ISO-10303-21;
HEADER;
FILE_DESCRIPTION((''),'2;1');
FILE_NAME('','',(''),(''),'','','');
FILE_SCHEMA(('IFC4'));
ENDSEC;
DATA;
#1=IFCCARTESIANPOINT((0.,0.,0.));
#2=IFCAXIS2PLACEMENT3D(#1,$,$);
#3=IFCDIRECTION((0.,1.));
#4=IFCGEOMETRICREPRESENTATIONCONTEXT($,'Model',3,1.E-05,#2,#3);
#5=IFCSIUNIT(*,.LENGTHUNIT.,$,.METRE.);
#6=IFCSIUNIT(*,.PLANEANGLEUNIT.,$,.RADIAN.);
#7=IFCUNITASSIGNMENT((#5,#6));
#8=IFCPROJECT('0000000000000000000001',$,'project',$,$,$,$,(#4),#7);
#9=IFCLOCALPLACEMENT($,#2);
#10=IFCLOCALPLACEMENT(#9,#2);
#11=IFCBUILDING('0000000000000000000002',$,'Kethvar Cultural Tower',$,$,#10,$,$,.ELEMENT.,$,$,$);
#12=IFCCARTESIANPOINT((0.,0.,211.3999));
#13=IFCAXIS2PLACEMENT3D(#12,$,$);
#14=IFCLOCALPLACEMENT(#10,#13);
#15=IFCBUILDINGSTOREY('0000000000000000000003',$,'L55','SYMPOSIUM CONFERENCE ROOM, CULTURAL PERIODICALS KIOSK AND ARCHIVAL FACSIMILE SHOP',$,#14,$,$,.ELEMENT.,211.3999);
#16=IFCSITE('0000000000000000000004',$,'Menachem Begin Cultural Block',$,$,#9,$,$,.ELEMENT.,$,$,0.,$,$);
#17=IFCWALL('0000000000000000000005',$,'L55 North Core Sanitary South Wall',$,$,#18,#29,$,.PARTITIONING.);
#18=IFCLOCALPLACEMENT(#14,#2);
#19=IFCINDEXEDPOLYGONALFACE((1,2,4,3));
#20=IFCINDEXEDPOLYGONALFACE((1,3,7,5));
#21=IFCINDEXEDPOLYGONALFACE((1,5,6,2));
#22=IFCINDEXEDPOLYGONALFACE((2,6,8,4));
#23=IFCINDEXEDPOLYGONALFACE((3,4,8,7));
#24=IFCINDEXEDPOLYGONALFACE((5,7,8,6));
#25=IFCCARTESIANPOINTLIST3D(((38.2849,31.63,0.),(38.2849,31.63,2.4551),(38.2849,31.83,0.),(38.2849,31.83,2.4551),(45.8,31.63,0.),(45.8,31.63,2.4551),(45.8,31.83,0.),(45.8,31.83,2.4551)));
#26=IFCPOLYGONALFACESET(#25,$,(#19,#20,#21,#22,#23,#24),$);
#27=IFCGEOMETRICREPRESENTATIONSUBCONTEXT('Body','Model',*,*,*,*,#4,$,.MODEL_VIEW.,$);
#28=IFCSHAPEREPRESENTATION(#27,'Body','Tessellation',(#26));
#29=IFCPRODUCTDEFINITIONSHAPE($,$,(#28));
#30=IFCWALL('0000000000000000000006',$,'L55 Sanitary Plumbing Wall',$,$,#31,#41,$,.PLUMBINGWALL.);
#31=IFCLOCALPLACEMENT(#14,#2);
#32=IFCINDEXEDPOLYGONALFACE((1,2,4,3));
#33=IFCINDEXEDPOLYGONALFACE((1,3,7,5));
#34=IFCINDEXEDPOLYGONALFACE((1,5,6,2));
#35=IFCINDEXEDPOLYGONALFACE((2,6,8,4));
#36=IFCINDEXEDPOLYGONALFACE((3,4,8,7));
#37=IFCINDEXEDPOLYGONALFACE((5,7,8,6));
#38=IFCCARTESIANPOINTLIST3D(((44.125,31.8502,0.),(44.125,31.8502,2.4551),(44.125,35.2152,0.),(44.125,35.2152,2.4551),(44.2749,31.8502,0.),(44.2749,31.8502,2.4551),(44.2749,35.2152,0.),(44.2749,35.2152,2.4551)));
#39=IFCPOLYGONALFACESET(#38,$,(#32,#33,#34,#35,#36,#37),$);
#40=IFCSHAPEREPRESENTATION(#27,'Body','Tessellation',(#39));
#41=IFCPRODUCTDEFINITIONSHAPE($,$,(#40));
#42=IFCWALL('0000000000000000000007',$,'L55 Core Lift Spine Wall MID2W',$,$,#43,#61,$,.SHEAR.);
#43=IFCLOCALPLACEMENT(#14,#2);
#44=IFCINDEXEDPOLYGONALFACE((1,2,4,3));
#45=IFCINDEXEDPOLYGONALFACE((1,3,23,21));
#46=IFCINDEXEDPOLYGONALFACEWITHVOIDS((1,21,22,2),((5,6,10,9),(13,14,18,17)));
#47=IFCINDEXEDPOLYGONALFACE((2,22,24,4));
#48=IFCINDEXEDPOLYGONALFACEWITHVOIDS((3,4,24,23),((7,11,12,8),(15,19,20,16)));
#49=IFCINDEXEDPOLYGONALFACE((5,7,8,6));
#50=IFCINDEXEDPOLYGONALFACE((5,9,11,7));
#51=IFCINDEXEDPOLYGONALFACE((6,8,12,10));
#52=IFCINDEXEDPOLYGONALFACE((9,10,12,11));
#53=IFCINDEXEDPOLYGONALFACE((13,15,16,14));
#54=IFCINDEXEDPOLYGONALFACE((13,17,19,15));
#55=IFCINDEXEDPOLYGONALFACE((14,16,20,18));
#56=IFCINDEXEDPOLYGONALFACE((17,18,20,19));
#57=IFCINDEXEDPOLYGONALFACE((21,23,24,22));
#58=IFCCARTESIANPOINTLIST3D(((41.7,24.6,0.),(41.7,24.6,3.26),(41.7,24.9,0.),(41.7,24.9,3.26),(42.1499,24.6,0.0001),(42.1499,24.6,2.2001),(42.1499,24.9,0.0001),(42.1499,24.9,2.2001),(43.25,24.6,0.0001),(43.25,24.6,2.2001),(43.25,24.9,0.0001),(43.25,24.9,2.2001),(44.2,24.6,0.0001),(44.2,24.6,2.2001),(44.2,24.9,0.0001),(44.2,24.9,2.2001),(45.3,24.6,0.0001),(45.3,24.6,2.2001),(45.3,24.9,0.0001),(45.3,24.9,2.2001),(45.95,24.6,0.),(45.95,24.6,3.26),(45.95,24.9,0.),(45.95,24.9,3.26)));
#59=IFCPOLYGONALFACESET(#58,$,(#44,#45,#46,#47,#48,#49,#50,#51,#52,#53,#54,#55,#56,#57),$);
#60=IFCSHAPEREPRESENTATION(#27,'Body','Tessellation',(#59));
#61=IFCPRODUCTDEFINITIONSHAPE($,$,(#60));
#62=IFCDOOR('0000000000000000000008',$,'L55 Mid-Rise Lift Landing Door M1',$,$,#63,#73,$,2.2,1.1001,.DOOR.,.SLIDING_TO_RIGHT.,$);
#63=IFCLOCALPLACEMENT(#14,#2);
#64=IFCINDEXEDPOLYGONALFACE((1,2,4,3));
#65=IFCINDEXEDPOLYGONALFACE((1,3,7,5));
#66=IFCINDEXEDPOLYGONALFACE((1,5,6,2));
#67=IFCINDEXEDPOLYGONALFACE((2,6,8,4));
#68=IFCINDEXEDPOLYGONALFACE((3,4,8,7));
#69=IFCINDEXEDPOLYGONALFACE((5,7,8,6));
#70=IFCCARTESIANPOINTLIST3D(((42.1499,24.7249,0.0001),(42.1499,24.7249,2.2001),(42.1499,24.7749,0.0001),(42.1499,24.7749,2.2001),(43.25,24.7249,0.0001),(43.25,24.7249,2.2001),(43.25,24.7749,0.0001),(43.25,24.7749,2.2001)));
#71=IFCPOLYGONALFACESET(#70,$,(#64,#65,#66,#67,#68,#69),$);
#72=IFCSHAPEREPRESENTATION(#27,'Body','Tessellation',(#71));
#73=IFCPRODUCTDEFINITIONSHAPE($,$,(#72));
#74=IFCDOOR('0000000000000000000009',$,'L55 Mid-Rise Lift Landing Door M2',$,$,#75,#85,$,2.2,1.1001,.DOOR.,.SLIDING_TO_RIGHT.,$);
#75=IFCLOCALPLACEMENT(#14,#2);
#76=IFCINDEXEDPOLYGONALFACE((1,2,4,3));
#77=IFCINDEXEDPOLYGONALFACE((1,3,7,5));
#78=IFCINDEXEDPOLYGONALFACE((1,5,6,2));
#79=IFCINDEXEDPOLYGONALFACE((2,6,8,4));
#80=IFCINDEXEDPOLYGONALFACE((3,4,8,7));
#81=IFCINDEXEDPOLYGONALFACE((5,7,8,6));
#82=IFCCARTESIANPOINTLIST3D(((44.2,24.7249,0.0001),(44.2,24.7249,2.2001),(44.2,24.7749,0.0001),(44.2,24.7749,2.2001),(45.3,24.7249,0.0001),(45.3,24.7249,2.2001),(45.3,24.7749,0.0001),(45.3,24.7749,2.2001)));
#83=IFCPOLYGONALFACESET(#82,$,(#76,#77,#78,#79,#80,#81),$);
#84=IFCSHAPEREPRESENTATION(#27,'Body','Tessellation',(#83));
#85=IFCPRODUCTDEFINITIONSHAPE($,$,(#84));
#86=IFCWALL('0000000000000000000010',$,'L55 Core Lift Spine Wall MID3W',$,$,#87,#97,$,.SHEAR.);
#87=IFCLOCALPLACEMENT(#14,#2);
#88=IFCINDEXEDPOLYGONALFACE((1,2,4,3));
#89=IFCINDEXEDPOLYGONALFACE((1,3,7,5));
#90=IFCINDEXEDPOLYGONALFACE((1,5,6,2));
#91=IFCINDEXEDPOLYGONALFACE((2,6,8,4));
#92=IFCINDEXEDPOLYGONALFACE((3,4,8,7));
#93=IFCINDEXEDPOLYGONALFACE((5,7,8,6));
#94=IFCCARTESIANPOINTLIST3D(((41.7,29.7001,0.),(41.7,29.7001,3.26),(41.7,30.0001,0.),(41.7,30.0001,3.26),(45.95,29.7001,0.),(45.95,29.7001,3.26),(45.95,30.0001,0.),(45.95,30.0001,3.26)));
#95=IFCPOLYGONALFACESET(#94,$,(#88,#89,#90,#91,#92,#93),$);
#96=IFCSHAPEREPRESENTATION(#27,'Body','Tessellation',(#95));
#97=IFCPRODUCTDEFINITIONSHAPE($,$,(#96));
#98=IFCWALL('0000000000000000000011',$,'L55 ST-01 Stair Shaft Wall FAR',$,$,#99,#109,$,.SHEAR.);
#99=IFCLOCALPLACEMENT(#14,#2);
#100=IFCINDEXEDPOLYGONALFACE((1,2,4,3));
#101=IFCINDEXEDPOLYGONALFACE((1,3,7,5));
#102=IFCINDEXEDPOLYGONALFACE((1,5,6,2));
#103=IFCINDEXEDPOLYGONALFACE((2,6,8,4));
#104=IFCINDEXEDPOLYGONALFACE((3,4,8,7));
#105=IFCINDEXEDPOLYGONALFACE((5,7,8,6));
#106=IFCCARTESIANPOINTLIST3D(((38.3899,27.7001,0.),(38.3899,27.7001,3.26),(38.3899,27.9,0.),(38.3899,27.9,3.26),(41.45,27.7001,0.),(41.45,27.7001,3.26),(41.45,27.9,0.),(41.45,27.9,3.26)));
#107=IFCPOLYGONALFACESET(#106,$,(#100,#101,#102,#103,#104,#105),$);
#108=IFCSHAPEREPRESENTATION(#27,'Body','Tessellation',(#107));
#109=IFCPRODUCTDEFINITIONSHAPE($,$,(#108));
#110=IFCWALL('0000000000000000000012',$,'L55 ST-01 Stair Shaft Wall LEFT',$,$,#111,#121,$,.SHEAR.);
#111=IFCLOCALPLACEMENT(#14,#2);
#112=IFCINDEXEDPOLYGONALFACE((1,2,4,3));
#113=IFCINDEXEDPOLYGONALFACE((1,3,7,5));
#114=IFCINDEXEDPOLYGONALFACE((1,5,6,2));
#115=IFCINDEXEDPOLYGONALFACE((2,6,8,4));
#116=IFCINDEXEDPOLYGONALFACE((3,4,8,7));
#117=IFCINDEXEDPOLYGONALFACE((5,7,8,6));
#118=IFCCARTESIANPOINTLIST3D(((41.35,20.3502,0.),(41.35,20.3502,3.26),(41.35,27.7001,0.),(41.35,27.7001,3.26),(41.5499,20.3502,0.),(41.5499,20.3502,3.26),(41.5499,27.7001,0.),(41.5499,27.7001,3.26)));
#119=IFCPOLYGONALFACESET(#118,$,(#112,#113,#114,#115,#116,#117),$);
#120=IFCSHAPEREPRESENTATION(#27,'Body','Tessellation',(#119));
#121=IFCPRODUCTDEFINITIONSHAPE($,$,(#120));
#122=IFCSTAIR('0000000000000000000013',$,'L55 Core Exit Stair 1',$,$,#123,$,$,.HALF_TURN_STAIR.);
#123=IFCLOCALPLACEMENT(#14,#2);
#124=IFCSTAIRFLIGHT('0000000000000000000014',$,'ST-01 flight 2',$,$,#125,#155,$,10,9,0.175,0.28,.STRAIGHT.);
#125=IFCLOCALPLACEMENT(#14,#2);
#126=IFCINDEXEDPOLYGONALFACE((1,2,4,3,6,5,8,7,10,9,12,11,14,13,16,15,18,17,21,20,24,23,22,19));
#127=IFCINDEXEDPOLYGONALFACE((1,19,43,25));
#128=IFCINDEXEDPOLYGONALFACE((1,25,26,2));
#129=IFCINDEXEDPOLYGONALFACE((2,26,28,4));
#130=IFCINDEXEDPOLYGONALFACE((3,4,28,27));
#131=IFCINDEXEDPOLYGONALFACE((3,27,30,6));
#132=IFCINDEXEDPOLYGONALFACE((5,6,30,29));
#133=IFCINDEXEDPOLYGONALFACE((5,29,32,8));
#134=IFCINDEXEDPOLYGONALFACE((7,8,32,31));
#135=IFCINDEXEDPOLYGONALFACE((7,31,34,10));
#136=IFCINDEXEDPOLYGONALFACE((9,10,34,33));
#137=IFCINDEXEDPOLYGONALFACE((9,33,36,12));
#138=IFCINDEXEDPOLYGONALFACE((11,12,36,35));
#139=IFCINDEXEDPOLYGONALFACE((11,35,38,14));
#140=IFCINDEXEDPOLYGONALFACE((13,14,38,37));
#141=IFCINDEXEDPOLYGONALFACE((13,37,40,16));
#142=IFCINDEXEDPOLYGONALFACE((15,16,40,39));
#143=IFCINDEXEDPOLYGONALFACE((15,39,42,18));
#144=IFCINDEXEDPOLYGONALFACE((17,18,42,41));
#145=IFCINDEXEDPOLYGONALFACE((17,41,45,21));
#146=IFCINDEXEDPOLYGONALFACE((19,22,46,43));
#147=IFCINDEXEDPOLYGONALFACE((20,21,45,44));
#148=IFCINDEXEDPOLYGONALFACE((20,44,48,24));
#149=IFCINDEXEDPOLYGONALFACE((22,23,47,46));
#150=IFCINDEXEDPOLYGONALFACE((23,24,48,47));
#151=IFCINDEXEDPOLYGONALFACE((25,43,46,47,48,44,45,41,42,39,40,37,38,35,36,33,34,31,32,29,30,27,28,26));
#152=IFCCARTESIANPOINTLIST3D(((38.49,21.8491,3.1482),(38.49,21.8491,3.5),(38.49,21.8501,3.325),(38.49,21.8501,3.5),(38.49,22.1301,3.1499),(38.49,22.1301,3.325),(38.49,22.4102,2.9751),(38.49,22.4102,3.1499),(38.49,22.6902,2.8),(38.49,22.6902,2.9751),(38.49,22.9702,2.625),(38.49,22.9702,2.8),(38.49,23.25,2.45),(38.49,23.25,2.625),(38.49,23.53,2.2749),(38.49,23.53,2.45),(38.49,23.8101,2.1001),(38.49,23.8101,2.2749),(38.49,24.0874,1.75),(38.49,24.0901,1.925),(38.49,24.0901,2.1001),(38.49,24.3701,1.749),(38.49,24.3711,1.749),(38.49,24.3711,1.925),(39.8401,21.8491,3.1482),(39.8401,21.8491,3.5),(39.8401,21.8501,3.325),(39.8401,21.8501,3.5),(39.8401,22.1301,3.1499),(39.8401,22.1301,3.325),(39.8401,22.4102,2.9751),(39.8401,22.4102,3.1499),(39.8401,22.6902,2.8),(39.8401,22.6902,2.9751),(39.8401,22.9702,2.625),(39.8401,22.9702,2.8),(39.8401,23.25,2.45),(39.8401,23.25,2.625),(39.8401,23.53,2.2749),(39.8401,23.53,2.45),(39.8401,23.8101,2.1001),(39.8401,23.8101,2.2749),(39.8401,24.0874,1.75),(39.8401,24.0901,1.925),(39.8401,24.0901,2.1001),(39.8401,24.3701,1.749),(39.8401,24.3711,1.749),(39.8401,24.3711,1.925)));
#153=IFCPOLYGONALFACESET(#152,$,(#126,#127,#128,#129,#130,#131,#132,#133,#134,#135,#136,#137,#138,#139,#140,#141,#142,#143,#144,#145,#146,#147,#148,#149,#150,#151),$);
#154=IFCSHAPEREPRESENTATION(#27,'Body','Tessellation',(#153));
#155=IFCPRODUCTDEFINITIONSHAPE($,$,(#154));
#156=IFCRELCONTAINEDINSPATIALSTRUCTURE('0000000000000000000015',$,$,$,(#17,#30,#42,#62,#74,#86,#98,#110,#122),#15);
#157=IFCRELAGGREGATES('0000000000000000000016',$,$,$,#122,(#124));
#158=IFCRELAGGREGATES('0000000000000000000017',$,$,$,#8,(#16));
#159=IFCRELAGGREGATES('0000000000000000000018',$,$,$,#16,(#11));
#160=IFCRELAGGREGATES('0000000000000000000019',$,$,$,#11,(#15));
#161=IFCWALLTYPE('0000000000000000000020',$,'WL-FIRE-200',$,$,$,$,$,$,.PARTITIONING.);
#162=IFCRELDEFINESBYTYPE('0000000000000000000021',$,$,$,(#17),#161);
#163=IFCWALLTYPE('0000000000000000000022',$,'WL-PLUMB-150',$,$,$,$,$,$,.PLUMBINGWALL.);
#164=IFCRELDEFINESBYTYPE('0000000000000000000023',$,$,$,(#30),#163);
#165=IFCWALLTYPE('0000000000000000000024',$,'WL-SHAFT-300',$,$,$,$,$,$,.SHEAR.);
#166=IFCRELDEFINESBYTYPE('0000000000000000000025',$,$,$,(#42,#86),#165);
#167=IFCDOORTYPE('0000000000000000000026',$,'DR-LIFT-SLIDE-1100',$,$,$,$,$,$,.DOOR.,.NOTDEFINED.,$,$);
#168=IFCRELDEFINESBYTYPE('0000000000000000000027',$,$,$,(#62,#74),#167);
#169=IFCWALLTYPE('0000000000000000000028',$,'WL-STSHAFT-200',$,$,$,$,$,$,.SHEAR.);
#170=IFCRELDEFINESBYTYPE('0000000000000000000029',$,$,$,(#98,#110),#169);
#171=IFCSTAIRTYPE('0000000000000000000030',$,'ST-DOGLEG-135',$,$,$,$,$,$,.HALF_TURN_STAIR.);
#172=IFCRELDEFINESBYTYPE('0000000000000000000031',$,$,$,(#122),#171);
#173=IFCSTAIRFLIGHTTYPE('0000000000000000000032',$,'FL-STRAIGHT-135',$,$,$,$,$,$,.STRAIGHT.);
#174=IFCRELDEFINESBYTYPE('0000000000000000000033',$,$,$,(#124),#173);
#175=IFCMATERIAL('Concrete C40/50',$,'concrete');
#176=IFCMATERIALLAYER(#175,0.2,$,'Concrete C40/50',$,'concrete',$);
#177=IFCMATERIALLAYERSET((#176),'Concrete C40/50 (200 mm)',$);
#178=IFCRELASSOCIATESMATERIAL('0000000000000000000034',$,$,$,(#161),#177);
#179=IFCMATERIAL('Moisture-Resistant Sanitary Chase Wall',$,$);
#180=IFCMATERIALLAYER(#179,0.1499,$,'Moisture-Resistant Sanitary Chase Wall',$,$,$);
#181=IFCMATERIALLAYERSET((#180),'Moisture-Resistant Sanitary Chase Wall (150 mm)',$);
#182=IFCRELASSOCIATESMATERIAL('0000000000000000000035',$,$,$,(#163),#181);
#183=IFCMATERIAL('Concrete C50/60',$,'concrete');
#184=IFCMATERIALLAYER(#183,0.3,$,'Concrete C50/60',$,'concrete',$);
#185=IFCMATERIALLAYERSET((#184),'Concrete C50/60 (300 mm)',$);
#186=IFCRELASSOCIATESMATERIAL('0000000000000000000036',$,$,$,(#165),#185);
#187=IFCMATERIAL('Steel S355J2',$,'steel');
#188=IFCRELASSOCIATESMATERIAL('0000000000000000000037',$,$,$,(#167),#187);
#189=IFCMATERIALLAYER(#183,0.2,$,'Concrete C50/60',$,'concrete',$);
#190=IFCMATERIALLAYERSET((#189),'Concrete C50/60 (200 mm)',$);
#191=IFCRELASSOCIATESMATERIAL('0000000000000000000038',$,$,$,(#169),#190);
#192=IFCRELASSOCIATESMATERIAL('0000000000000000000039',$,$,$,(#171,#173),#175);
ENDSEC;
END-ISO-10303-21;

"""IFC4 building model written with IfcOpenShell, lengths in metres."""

from ifc_helpers import new_model, si_unit, direction, frame, frame_2d, origin, place, context, subcontext, project, spatial, polyline, rectangle, outline, extrude, source, transform, mapped, material, layer, layer_set, type_object, element, fill, aggregate, save


model = new_model("IFC4")

# Units and contexts
model_context = context("Model", 3, precision=1e-05, world=origin(), true_north=direction((0.0, 1.0)))
body_context = subcontext(model_context, "Body", "Model", "MODEL_VIEW")
ifc_project = project(units=[si_unit("LENGTHUNIT", "METRE"), si_unit("PLANEANGLEUNIT", "RADIAN")], contexts=[model_context])

# Site, building, storey
site_placement = place(None, origin())
site = spatial("IfcSite", under=ifc_project, at=site_placement, Name="Menachem Begin Cultural Block", CompositionType="ELEMENT", RefElevation=0.0)
building_placement = place(site_placement, origin())
building = spatial("IfcBuilding", under=site, at=building_placement, Name="Kethvar Cultural Tower", CompositionType="ELEMENT")
storey_placement = place(building_placement, frame((0.0, 0.0, 211.3999)))
storey = spatial("IfcBuildingStorey", under=building, at=storey_placement, Name="L55", Description="SYMPOSIUM CONFERENCE ROOM, CULTURAL PERIODICALS KIOSK AND ARCHIVAL FACSIMILE SHOP", CompositionType="ELEMENT", Elevation=211.3999)

# Shared definitions
ifc_material_1 = material(Name="Steel S355J2", Category="steel")

# Walls
ifc_material_2 = material(Name="Concrete C40/50", Category="concrete")
ifc_layer_1 = layer(ifc_material_2, 0.2, Name="Concrete C40/50", Category="concrete")
ifc_layer_set_1 = layer_set([ifc_layer_1], Name="Concrete C40/50 (200 mm)")
wall_type_1 = type_object("IfcWallType", Name="WL-FIRE-200", PredefinedType="PARTITIONING", material=ifc_layer_set_1)
wall_1_placement = place(storey_placement, frame((38.2849, 31.73, 0.0), z_axis=(0.0, 0.0, 1.0), x_axis=(1.0, 0.0, 0.0)))
element("IfcWall", 1, at=wall_1_placement, inside=storey, type_object=wall_type_1, Name="L55 North Core Sanitary South Wall", PredefinedType="PARTITIONING", context=body_context, shape_type="SweptSolid", body=[
    extrude(rectangle(XDim=7.5151, YDim=0.2, at=frame_2d((3.7576, 0.0))), origin(), (0.0, 0.0, 1.0), 2.4551),
])
ifc_material_3 = material(Name="Moisture-Resistant Sanitary Chase Wall")
ifc_layer_2 = layer(ifc_material_3, 0.1499, Name="Moisture-Resistant Sanitary Chase Wall")
ifc_layer_set_2 = layer_set([ifc_layer_2], Name="Moisture-Resistant Sanitary Chase Wall (150 mm)")
wall_type_2 = type_object("IfcWallType", Name="WL-PLUMB-150", PredefinedType="PLUMBINGWALL", material=ifc_layer_set_2)
wall_2_placement = place(storey_placement, frame((44.2, 31.8501, 0.0), z_axis=(0.0, 0.0, 1.0), x_axis=(0.0, 1.0, 0.0)))
element("IfcWall", 2, at=wall_2_placement, inside=storey, type_object=wall_type_2, Name="L55 Sanitary Plumbing Wall", PredefinedType="PLUMBINGWALL", context=body_context, shape_type="SweptSolid", body=[
    extrude(rectangle(XDim=3.365, YDim=0.1499, at=frame_2d((1.6826, 0.0))), origin(), (0.0, 0.0, 1.0), 2.4551),
])

# Wall, openings, doors
ifc_material_4 = material(Name="Concrete C50/60", Category="concrete")
ifc_layer_3 = layer(ifc_material_4, 0.3, Name="Concrete C50/60", Category="concrete")
ifc_layer_set_3 = layer_set([ifc_layer_3], Name="Concrete C50/60 (300 mm)")
wall_type_3 = type_object("IfcWallType", Name="WL-SHAFT-300", PredefinedType="SHEAR", material=ifc_layer_set_3)
wall_3_placement = place(storey_placement, frame((41.7, 24.75, 0.0), z_axis=(0.0, 0.0, 1.0), x_axis=(1.0, 0.0, 0.0)))
wall_3 = element("IfcWall", 3, at=wall_3_placement, inside=storey, type_object=wall_type_3, Name="L55 Core Lift Spine Wall MID2W", PredefinedType="SHEAR", context=body_context, shape_type="SweptSolid", body=[
    extrude(rectangle(XDim=4.25, YDim=0.3, at=frame_2d((2.125, 0.0))), origin(), (0.0, 0.0, 1.0), 3.26),
])
opening_1_placement = place(wall_3_placement, frame((0.45, 0.0, 0.0)))
opening_1 = element("IfcOpeningElement", 4, at=opening_1_placement, cuts=wall_3, PredefinedType="OPENING", context=body_context, shape_type="SweptSolid", body=[
    extrude(rectangle(XDim=1.1001, YDim=2.2, at=frame_2d((0.55, 1.1001))), frame((0.0, 0.1599, 0.0), z_axis=(0.0, -1.0, 0.0), x_axis=(1.0, 0.0, 0.0)), (0.0, 0.0, 1.0), 0.3201),
])
opening_2_placement = place(wall_3_placement, frame((2.5, 0.0, 0.0)))
opening_2 = element("IfcOpeningElement", 5, at=opening_2_placement, cuts=wall_3, PredefinedType="OPENING", context=body_context, shape_type="SweptSolid", body=[
    extrude(rectangle(XDim=1.1001, YDim=2.2, at=frame_2d((0.55, 1.1001))), frame((0.0, 0.1599, 0.0), z_axis=(0.0, -1.0, 0.0), x_axis=(1.0, 0.0, 0.0)), (0.0, 0.0, 1.0), 0.3201),
])
door_type = type_object("IfcDoorType", Name="DR-LIFT-SLIDE-1100", OperationType="NOTDEFINED", PredefinedType="DOOR", material=ifc_material_1)
shared_shape_1 = source(origin(), body_context, "Body", "SweptSolid", [
    extrude(rectangle(XDim=1.1001, YDim=2.2, at=frame_2d((0.55, 1.1001))), frame((0.0, 0.0249, 0.0), z_axis=(0.0, -1.0, 0.0), x_axis=(1.0, 0.0, 0.0)), (0.0, 0.0, 1.0), 0.05),
])
door_1_placement = place(opening_1_placement, origin())
door_1 = element("IfcDoor", 6, at=door_1_placement, inside=storey, type_object=door_type, Name="L55 Mid-Rise Lift Landing Door M1", OperationType="SLIDING_TO_RIGHT", OverallHeight=2.2, OverallWidth=1.1001, PredefinedType="DOOR", context=body_context, shape_type="MappedRepresentation", body=[
    mapped(shared_shape_1, transform((0.0, 0.0, 0.0), scale=1.0)),
])
fill(opening_1, door_1)
door_2_placement = place(opening_2_placement, origin())
door_2 = element("IfcDoor", 7, at=door_2_placement, inside=storey, type_object=door_type, Name="L55 Mid-Rise Lift Landing Door M2", OperationType="SLIDING_TO_RIGHT", OverallHeight=2.2, OverallWidth=1.1001, PredefinedType="DOOR", context=body_context, shape_type="MappedRepresentation", body=[
    mapped(shared_shape_1, transform((0.0, 0.0, 0.0), scale=1.0)),
])
fill(opening_2, door_2)

# Walls
wall_4_placement = place(storey_placement, frame((41.7, 29.8501, 0.0), z_axis=(0.0, 0.0, 1.0), x_axis=(1.0, 0.0, 0.0)))
element("IfcWall", 8, at=wall_4_placement, inside=storey, type_object=wall_type_3, Name="L55 Core Lift Spine Wall MID3W", PredefinedType="SHEAR", context=body_context, shape_type="SweptSolid", body=[
    extrude(rectangle(XDim=4.25, YDim=0.3, at=frame_2d((2.125, 0.0))), origin(), (0.0, 0.0, 1.0), 3.26),
])
ifc_layer_4 = layer(ifc_material_4, 0.2, Name="Concrete C50/60", Category="concrete")
ifc_layer_set_4 = layer_set([ifc_layer_4], Name="Concrete C50/60 (200 mm)")
wall_type_4 = type_object("IfcWallType", Name="WL-STSHAFT-200", PredefinedType="SHEAR", material=ifc_layer_set_4)
wall_5_placement = place(storey_placement, frame((38.3899, 27.8, 0.0), z_axis=(0.0, 0.0, 1.0), x_axis=(1.0, 0.0, 0.0)))
element("IfcWall", 9, at=wall_5_placement, inside=storey, type_object=wall_type_4, Name="L55 ST-01 Stair Shaft Wall FAR", PredefinedType="SHEAR", context=body_context, shape_type="SweptSolid", body=[
    extrude(rectangle(XDim=3.0601, YDim=0.2, at=frame_2d((1.53, 0.0))), origin(), (0.0, 0.0, 1.0), 3.26),
])
wall_6_placement = place(storey_placement, frame((41.45, 27.7, 0.0), z_axis=(0.0, 0.0, 1.0), x_axis=(0.0, -1.0, 0.0)))
element("IfcWall", 10, at=wall_6_placement, inside=storey, type_object=wall_type_4, Name="L55 ST-01 Stair Shaft Wall LEFT", PredefinedType="SHEAR", context=body_context, shape_type="SweptSolid", body=[
    extrude(rectangle(XDim=7.3499, YDim=0.2, at=frame_2d((3.6748, 0.0))), origin(), (0.0, 0.0, 1.0), 3.26),
])

# Stair, stair flight
stair_type = type_object("IfcStairType", Name="ST-DOGLEG-135", PredefinedType="HALF_TURN_STAIR", material=ifc_material_2)
stair_placement = place(storey_placement, origin())
stair = element("IfcStair", 11, at=stair_placement, inside=storey, type_object=stair_type, Name="L55 Core Exit Stair 1", PredefinedType="HALF_TURN_STAIR")
stair_flight_type = type_object("IfcStairFlightType", Name="FL-STRAIGHT-135", PredefinedType="STRAIGHT", material=ifc_material_2)
stair_flight_placement = place(storey_placement, frame((39.165, 24.3701, 1.75), z_axis=(0.0, 0.0, 1.0), x_axis=(0.0, -1.0, 0.0)))
stair_flight = element("IfcStairFlight", 12, at=stair_flight_placement, type_object=stair_flight_type, Name="ST-01 flight 2", NumberOfRisers=10, NumberOfTreads=9, PredefinedType="STRAIGHT", RiserHeight=0.175, TreadLength=0.28, context=body_context, shape_type="SweptSolid", body=[
    extrude(outline(polyline([(-0.001, -0.001), (-0.001, 0.175), (0.28, 0.175), (0.28, 0.3501), (0.5601, 0.3501), (0.5601, 0.5249), (0.8401, 0.5249), (0.8401, 0.7), (1.1201, 0.7), (1.1201, 0.875), (1.3999, 0.875), (1.3999, 1.05), (1.6799, 1.05), (1.6799, 1.2251), (1.96, 1.2251), (1.96, 1.3999), (2.24, 1.3999), (2.24, 1.575), (2.52, 1.575), (2.52, 1.75), (2.521, 1.75), (2.521, 1.3982), (0.2827, 0.0), (0.0, -0.001), (-0.001, -0.001)])), frame((0.0, 0.675, 0.0), z_axis=(0.0, -1.0, 0.0), x_axis=(1.0, 0.0, 0.0)), (0.0, 0.0, 1.0), 1.3501),
])
aggregate(stair, [stair_flight])

save(model, "model.ifc")
